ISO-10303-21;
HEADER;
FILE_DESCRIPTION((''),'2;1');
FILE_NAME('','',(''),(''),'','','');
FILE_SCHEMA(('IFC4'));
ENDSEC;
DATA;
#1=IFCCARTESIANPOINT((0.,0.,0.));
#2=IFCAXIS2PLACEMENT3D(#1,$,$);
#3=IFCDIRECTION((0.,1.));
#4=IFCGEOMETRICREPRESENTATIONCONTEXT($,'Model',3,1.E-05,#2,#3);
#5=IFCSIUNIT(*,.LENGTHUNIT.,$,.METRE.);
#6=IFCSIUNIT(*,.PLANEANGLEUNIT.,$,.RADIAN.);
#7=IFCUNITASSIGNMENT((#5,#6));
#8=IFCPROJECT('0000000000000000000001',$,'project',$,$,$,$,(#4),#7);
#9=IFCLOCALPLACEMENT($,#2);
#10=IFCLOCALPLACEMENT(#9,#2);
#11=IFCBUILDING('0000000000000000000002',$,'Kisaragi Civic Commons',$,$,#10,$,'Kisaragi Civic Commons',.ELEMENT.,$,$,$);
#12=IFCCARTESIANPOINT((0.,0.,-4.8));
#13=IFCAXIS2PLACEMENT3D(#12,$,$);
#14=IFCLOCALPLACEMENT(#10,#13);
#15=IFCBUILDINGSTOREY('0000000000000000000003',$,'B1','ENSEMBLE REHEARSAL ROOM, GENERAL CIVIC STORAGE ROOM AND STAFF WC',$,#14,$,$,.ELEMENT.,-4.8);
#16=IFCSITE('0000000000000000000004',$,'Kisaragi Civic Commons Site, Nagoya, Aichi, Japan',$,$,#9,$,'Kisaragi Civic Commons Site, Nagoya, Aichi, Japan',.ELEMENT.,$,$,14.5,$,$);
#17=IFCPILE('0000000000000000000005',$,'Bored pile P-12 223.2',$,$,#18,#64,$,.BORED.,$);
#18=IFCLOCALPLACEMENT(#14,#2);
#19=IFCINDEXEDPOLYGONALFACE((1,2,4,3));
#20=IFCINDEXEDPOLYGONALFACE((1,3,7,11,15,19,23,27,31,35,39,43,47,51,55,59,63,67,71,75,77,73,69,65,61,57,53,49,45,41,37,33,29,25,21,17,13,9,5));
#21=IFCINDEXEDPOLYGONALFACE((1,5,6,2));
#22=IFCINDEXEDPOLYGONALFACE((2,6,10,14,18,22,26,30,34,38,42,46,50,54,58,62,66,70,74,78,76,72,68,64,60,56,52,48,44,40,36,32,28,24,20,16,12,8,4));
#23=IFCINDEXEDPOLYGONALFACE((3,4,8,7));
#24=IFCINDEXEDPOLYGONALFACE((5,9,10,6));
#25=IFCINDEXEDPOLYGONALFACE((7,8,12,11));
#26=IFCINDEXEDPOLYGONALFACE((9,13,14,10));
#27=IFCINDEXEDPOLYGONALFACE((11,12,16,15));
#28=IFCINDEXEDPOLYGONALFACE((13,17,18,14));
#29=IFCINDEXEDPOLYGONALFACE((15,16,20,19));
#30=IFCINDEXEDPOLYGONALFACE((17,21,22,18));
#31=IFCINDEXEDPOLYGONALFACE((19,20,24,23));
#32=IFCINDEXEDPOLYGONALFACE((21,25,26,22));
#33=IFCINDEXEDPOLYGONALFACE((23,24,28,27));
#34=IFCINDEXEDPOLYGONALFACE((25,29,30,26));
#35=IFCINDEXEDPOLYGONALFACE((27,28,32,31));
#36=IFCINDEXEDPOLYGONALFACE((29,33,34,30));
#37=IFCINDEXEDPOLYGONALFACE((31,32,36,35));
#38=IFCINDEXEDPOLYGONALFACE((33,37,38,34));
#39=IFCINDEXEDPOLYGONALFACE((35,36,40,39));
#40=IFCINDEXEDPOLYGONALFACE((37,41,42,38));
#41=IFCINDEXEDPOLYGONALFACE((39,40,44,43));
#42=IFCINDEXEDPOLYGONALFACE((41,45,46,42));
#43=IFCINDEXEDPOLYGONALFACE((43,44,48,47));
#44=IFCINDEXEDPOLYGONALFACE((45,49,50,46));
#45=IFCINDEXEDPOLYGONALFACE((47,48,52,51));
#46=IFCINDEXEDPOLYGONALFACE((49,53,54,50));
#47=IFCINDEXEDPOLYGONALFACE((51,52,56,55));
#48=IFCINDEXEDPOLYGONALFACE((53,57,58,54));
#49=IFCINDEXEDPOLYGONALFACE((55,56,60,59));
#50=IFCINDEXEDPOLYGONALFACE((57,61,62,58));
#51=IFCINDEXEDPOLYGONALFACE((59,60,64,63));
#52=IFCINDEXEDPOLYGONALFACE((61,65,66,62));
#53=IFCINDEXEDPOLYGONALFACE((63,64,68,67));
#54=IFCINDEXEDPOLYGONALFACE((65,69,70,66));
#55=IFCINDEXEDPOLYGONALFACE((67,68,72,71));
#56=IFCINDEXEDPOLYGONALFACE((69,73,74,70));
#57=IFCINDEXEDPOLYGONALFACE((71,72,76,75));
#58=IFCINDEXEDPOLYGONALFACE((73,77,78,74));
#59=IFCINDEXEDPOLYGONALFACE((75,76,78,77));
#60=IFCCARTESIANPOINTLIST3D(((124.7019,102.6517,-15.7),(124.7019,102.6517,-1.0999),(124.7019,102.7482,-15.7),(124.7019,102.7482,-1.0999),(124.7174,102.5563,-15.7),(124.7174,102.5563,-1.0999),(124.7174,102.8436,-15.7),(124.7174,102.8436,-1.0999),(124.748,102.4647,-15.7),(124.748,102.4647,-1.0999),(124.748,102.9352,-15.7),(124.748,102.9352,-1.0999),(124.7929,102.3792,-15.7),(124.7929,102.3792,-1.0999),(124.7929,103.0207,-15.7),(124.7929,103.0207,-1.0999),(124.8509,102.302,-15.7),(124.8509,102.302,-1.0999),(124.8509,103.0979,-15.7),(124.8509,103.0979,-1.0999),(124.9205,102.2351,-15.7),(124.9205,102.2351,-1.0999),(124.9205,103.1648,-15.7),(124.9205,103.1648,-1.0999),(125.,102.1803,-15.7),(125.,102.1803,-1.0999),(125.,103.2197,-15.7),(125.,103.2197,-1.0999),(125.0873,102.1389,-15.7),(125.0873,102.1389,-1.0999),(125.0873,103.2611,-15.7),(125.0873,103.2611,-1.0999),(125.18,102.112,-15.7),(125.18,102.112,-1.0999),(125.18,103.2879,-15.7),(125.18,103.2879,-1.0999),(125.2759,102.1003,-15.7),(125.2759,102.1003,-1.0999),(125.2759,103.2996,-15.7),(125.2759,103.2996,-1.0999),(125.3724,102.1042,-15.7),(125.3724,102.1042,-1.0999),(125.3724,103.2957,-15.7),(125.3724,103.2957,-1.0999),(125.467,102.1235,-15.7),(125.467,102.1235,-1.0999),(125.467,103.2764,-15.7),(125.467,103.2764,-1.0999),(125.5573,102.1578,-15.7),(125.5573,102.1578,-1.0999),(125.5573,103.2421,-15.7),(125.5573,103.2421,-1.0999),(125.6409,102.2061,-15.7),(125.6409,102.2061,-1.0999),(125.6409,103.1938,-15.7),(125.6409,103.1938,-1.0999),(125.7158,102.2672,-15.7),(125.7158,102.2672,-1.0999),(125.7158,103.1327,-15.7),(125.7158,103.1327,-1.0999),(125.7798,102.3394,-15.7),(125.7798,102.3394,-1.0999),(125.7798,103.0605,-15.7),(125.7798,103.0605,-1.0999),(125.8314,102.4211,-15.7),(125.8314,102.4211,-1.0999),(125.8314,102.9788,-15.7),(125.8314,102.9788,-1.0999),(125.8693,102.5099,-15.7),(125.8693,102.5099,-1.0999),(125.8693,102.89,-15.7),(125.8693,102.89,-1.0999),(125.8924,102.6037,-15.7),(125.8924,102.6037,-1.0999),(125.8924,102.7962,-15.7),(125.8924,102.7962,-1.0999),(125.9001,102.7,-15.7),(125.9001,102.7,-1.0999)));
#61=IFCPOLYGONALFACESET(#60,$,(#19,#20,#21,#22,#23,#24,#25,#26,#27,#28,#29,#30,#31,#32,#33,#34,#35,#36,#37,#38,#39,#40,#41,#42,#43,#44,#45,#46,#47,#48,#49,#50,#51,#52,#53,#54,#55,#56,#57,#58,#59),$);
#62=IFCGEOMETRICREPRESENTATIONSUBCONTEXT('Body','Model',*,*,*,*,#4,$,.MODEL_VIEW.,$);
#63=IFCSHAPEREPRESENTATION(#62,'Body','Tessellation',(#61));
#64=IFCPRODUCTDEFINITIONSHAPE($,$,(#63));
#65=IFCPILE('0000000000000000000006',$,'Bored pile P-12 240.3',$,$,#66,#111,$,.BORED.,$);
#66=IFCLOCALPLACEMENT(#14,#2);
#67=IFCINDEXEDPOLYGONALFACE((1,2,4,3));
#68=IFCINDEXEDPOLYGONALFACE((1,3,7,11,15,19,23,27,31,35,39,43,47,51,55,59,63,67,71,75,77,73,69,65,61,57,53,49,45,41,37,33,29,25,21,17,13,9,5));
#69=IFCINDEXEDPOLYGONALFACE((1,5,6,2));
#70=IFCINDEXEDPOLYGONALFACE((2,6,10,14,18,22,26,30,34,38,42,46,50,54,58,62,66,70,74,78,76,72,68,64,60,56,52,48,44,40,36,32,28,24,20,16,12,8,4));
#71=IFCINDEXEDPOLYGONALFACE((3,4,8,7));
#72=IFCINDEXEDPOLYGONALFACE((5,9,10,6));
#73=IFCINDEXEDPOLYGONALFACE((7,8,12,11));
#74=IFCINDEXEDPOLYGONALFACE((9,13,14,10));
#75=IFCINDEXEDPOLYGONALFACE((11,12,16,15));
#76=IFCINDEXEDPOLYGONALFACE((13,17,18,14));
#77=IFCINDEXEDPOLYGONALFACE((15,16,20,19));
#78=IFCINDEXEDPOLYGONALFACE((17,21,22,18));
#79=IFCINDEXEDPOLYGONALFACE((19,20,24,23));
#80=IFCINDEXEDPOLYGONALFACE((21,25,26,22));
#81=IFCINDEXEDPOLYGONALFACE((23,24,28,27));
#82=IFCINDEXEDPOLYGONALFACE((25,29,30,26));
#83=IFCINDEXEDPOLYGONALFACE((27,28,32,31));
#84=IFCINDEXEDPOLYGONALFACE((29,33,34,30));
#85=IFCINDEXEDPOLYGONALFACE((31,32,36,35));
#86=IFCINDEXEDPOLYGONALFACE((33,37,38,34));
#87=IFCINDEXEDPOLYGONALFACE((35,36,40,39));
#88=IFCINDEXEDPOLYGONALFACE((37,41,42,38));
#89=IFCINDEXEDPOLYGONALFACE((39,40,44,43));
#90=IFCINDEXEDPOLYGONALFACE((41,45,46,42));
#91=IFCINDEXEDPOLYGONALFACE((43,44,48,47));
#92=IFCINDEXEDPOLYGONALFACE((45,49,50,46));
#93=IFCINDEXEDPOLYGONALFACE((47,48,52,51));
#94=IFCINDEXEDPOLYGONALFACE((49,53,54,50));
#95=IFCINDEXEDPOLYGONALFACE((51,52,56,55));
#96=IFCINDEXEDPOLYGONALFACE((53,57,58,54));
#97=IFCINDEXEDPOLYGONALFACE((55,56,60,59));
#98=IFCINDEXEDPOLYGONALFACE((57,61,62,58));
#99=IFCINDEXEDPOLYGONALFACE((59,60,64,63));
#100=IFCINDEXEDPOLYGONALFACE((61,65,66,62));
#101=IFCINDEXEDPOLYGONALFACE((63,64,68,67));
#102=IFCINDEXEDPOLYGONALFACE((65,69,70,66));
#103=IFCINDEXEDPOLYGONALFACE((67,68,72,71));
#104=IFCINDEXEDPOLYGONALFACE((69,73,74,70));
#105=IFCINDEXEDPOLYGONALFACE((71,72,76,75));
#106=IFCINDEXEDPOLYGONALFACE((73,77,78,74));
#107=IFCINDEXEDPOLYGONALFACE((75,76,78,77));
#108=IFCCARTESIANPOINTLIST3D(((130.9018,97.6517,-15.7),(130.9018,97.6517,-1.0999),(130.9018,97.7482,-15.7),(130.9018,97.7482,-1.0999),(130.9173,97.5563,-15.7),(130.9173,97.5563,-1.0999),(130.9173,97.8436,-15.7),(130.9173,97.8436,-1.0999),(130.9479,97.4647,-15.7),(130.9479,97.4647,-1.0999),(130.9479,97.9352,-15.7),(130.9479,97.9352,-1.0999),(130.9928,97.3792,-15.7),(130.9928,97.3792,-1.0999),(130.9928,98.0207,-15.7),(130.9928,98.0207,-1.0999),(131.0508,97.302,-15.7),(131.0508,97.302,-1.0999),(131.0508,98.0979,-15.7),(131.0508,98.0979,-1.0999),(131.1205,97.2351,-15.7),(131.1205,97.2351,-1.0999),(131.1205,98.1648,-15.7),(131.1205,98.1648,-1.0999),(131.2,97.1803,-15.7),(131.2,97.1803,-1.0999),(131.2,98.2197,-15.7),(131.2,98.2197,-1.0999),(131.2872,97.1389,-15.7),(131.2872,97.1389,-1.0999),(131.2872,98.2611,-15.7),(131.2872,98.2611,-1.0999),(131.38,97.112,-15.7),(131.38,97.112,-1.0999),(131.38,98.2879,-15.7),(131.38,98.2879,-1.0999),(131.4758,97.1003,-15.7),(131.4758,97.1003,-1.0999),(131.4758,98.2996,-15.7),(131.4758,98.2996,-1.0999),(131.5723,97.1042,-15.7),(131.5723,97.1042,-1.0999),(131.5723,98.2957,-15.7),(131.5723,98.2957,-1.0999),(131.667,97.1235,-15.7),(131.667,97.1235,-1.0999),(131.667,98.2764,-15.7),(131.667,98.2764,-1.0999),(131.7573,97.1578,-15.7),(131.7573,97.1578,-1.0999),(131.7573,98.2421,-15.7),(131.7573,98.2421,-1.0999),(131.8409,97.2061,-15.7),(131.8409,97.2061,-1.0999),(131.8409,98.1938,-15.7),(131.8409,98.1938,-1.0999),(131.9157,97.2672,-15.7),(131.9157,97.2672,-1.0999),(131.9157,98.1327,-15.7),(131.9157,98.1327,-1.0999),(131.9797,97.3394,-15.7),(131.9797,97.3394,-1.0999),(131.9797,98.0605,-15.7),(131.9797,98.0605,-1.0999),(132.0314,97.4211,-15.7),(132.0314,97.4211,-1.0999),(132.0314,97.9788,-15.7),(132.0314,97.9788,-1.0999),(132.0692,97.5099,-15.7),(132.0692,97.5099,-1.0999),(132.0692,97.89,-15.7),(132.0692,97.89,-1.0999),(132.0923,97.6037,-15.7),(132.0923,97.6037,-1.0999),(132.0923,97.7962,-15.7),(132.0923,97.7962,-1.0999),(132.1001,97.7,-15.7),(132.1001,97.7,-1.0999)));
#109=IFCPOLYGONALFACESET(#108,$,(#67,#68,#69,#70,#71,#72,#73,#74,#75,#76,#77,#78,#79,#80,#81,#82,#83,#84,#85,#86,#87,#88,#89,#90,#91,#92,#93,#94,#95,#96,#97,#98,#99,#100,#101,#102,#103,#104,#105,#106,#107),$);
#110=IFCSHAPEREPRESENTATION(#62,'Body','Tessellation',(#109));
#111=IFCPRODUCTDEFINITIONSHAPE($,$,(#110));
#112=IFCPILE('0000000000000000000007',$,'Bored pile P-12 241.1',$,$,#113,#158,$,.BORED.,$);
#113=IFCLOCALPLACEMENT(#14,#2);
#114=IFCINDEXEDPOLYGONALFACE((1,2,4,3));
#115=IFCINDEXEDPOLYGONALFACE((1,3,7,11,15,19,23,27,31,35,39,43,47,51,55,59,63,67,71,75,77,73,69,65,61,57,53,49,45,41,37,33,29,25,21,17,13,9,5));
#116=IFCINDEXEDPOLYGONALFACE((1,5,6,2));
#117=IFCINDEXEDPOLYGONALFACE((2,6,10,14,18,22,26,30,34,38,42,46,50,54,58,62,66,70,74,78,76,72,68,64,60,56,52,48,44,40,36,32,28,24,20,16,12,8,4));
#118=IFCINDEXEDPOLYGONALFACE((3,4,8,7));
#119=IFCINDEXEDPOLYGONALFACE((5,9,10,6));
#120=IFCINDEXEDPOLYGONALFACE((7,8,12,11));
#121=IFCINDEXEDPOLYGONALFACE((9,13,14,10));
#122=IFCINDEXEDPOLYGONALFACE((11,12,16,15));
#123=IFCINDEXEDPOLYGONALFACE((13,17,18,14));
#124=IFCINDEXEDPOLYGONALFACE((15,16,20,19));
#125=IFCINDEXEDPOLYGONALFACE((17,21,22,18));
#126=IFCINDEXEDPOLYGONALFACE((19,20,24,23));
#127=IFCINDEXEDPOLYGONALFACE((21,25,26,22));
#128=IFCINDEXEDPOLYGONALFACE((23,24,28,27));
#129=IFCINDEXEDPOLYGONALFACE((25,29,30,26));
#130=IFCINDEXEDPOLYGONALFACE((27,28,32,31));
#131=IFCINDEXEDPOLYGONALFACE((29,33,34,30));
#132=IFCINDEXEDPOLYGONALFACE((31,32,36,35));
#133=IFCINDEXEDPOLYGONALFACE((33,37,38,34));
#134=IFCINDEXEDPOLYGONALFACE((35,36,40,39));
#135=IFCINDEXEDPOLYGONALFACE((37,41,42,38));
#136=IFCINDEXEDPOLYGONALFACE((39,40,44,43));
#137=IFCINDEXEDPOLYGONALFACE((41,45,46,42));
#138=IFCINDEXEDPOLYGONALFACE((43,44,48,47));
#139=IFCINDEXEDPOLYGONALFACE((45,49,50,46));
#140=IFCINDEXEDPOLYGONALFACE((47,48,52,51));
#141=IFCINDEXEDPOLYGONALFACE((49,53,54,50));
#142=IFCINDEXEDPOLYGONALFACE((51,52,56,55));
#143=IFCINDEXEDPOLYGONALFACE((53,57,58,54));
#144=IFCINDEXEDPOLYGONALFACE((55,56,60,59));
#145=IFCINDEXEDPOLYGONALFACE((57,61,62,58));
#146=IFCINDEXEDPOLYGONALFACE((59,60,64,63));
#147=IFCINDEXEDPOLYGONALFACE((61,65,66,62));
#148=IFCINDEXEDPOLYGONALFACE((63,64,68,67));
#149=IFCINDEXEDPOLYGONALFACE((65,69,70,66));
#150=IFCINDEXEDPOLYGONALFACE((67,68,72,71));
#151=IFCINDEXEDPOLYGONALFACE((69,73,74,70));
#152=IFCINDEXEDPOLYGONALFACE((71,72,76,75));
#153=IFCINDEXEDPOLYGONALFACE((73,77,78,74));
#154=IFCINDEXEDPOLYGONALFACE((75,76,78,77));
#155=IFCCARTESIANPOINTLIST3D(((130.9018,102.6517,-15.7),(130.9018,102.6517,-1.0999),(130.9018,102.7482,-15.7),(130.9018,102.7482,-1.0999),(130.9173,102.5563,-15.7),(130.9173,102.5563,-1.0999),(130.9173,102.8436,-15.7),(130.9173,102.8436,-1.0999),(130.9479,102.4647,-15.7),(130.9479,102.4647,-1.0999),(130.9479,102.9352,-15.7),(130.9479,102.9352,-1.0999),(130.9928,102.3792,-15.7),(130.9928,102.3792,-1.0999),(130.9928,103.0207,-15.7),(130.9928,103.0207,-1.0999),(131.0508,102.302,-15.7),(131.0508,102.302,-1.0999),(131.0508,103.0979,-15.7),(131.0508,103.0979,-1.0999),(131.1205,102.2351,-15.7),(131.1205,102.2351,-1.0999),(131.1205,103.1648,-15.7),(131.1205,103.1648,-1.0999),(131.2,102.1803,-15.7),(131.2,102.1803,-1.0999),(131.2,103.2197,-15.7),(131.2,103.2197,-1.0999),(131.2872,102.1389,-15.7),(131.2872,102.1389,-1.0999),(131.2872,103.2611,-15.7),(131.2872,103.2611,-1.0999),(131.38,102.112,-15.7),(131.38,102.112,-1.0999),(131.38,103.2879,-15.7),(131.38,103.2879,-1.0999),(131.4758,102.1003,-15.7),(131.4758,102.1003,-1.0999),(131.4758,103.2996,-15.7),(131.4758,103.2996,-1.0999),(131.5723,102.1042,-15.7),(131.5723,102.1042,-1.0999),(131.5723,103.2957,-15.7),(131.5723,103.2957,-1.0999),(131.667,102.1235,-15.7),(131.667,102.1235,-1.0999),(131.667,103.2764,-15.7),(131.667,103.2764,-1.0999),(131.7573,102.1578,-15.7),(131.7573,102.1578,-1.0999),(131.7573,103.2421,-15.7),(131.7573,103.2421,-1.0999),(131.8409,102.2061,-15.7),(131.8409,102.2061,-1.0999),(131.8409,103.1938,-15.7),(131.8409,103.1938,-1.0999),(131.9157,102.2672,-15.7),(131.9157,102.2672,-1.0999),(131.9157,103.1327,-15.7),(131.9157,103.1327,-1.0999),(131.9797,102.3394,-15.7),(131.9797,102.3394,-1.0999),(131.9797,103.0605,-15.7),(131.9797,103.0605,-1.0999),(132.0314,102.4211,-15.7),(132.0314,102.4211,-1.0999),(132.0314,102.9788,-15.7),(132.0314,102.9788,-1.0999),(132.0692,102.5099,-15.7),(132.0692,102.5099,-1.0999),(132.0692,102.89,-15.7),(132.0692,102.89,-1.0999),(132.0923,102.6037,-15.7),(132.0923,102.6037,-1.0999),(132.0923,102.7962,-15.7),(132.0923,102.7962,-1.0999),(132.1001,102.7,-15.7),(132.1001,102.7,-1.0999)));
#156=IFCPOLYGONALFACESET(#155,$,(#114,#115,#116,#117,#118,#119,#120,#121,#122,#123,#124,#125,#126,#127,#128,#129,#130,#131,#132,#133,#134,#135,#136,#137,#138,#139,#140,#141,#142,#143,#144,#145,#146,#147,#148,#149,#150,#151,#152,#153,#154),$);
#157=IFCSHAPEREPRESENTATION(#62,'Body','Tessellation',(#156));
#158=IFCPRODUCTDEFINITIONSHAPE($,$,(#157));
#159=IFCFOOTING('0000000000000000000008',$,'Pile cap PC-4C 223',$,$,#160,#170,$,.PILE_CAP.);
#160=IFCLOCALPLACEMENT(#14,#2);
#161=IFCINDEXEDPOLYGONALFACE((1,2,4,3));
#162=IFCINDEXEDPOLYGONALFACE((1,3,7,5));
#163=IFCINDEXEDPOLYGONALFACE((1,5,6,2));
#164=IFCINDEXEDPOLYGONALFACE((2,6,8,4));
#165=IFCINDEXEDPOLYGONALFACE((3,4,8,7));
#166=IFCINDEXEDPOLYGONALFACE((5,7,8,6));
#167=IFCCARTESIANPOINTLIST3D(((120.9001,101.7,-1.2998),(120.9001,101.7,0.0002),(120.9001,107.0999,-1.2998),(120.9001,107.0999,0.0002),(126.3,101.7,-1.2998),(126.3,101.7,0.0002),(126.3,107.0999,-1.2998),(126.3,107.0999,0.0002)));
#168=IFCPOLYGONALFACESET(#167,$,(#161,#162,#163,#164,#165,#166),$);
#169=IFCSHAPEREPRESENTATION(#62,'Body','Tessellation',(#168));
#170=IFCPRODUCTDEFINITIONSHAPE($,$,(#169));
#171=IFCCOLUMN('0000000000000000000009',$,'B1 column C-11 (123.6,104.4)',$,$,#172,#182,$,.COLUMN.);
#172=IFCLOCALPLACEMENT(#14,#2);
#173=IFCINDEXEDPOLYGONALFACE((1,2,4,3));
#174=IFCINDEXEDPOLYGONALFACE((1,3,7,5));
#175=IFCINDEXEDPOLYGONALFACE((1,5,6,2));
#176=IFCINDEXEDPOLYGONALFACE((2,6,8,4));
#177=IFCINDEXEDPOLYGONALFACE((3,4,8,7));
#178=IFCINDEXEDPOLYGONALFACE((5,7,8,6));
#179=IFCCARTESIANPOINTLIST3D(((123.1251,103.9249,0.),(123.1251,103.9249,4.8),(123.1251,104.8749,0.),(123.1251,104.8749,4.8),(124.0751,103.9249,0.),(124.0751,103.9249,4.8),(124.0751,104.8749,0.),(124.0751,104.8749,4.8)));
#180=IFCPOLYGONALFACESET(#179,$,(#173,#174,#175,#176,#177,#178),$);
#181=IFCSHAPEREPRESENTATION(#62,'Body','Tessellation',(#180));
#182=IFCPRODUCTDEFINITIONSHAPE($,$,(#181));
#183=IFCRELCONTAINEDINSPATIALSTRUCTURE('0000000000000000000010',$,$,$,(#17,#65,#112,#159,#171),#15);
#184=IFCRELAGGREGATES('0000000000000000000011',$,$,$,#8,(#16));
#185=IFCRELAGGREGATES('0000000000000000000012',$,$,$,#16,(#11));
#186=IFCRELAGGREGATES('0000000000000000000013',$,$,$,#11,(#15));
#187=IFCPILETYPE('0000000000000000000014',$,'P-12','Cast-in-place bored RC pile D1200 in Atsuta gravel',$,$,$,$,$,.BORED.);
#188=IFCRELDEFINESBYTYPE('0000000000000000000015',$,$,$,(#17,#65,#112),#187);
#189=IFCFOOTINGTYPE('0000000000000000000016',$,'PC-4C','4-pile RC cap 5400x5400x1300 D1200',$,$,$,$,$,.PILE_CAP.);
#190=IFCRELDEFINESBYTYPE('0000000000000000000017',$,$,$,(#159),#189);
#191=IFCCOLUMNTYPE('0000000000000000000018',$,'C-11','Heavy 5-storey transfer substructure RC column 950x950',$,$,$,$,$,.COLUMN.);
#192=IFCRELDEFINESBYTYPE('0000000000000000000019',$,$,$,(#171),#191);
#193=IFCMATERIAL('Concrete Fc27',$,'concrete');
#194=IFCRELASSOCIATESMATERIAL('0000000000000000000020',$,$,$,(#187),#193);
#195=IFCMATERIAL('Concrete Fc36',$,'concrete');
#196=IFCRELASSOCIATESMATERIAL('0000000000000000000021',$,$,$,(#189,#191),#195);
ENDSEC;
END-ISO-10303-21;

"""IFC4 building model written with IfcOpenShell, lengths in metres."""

from ifc_helpers import new_model, si_unit, direction, frame, origin, origin_2d, place, context, subcontext, project, spatial, rectangle, circle, extrude, material, material_profile, profile_set, type_object, element, save


model = new_model("IFC4")

# Units and contexts
model_context = context("Model", 3, precision=1e-05, world=origin(), true_north=direction((0.0, 1.0)))
body_context = subcontext(model_context, "Body", "Model", "MODEL_VIEW")
ifc_project = project(units=[si_unit("LENGTHUNIT", "METRE"), si_unit("PLANEANGLEUNIT", "RADIAN")], contexts=[model_context])

# Site, building, storey
site_placement = place(None, origin())
site = spatial("IfcSite", under=ifc_project, at=site_placement, Name="Kisaragi Civic Commons Site, Nagoya, Aichi, Japan", LongName="Kisaragi Civic Commons Site, Nagoya, Aichi, Japan", CompositionType="ELEMENT", RefElevation=14.5)
building_placement = place(site_placement, origin())
building = spatial("IfcBuilding", under=site, at=building_placement, Name="Kisaragi Civic Commons", LongName="Kisaragi Civic Commons", CompositionType="ELEMENT")
storey_placement = place(building_placement, frame((0.0, 0.0, -4.8)))
storey = spatial("IfcBuildingStorey", under=building, at=storey_placement, Name="B1", Description="ENSEMBLE REHEARSAL ROOM, GENERAL CIVIC STORAGE ROOM AND STAFF WC", CompositionType="ELEMENT", Elevation=-4.8)

# Shared definitions
ifc_material_1 = material(Name="Concrete Fc27", Category="concrete")

# Piles
ifc_material_profile_1 = material_profile(ifc_material_1, circle(Radius=0.6001, at=origin_2d()), Name="PILE-D1200", Category="concrete")
ifc_profile_set_1 = profile_set([ifc_material_profile_1], Name="Concrete Fc27")
pile_type = type_object("IfcPileType", Name="P-12", Description="Cast-in-place bored RC pile D1200 in Atsuta gravel", PredefinedType="BORED", material=ifc_profile_set_1)
for number, where, z_axis, x_axis, name in (
    (1, (125.3, 102.7, -1.0999), (0.0, 0.0, -1.0), (1.0, 0.0, 0.0), "Bored pile P-12 223.2"),
    (2, (131.5, 97.7, -1.0999), (0.0, 0.0, -1.0), (1.0, 0.0, 0.0), "Bored pile P-12 240.3"),
    (3, (131.5, 102.7, -1.0999), (0.0, 0.0, -1.0), (1.0, 0.0, 0.0), "Bored pile P-12 241.1"),
):
    element("IfcPile", number, at=place(storey_placement, frame(where, z_axis=z_axis, x_axis=x_axis)), inside=storey, type_object=pile_type, Name=name, PredefinedType="BORED", context=body_context, shape_type="SweptSolid", body=[
        extrude(circle(Radius=0.6001, at=origin_2d()), origin(), (0.0, 0.0, 1.0), 14.6001),
    ])

# Footing
ifc_material_2 = material(Name="Concrete Fc36", Category="concrete")
footing_type_1 = type_object("IfcFootingType", Name="PC-4C", Description="4-pile RC cap 5400x5400x1300 D1200", PredefinedType="PILE_CAP", material=ifc_material_2)
footing_1_placement = place(storey_placement, frame((123.6001, 104.3999, -1.2998), z_axis=(0.0, 0.0, 1.0), x_axis=(1.0, 0.0, 0.0)))
element("IfcFooting", 4, at=footing_1_placement, inside=storey, type_object=footing_type_1, Name="Pile cap PC-4C 223", PredefinedType="PILE_CAP", context=body_context, shape_type="SweptSolid", body=[
    extrude(rectangle(XDim=5.3999, YDim=5.3999, at=origin_2d()), origin(), (0.0, 0.0, 1.0), 1.3),
])

# Column
ifc_material_profile_2 = material_profile(ifc_material_2, rectangle(XDim=0.95, YDim=0.95, at=origin_2d()), Name="RC-950x950", Category="concrete")
ifc_profile_set_2 = profile_set([ifc_material_profile_2], Name="Concrete Fc36")
column_type = type_object("IfcColumnType", Name="C-11", Description="Heavy 5-storey transfer substructure RC column 950x950", PredefinedType="COLUMN", material=ifc_profile_set_2)
column_placement = place(storey_placement, frame((123.6001, 104.3999, 0.0), z_axis=(0.0, 0.0, 1.0), x_axis=(1.0, 0.0, 0.0)))
element("IfcColumn", 5, at=column_placement, inside=storey, type_object=column_type, Name="B1 column C-11 (123.6,104.4)", PredefinedType="COLUMN", context=body_context, shape_type="SweptSolid", body=[
    extrude(rectangle(XDim=0.95, YDim=0.95, at=origin_2d()), origin(), (0.0, 0.0, 1.0), 4.8),
])

save(model, "model.ifc")
